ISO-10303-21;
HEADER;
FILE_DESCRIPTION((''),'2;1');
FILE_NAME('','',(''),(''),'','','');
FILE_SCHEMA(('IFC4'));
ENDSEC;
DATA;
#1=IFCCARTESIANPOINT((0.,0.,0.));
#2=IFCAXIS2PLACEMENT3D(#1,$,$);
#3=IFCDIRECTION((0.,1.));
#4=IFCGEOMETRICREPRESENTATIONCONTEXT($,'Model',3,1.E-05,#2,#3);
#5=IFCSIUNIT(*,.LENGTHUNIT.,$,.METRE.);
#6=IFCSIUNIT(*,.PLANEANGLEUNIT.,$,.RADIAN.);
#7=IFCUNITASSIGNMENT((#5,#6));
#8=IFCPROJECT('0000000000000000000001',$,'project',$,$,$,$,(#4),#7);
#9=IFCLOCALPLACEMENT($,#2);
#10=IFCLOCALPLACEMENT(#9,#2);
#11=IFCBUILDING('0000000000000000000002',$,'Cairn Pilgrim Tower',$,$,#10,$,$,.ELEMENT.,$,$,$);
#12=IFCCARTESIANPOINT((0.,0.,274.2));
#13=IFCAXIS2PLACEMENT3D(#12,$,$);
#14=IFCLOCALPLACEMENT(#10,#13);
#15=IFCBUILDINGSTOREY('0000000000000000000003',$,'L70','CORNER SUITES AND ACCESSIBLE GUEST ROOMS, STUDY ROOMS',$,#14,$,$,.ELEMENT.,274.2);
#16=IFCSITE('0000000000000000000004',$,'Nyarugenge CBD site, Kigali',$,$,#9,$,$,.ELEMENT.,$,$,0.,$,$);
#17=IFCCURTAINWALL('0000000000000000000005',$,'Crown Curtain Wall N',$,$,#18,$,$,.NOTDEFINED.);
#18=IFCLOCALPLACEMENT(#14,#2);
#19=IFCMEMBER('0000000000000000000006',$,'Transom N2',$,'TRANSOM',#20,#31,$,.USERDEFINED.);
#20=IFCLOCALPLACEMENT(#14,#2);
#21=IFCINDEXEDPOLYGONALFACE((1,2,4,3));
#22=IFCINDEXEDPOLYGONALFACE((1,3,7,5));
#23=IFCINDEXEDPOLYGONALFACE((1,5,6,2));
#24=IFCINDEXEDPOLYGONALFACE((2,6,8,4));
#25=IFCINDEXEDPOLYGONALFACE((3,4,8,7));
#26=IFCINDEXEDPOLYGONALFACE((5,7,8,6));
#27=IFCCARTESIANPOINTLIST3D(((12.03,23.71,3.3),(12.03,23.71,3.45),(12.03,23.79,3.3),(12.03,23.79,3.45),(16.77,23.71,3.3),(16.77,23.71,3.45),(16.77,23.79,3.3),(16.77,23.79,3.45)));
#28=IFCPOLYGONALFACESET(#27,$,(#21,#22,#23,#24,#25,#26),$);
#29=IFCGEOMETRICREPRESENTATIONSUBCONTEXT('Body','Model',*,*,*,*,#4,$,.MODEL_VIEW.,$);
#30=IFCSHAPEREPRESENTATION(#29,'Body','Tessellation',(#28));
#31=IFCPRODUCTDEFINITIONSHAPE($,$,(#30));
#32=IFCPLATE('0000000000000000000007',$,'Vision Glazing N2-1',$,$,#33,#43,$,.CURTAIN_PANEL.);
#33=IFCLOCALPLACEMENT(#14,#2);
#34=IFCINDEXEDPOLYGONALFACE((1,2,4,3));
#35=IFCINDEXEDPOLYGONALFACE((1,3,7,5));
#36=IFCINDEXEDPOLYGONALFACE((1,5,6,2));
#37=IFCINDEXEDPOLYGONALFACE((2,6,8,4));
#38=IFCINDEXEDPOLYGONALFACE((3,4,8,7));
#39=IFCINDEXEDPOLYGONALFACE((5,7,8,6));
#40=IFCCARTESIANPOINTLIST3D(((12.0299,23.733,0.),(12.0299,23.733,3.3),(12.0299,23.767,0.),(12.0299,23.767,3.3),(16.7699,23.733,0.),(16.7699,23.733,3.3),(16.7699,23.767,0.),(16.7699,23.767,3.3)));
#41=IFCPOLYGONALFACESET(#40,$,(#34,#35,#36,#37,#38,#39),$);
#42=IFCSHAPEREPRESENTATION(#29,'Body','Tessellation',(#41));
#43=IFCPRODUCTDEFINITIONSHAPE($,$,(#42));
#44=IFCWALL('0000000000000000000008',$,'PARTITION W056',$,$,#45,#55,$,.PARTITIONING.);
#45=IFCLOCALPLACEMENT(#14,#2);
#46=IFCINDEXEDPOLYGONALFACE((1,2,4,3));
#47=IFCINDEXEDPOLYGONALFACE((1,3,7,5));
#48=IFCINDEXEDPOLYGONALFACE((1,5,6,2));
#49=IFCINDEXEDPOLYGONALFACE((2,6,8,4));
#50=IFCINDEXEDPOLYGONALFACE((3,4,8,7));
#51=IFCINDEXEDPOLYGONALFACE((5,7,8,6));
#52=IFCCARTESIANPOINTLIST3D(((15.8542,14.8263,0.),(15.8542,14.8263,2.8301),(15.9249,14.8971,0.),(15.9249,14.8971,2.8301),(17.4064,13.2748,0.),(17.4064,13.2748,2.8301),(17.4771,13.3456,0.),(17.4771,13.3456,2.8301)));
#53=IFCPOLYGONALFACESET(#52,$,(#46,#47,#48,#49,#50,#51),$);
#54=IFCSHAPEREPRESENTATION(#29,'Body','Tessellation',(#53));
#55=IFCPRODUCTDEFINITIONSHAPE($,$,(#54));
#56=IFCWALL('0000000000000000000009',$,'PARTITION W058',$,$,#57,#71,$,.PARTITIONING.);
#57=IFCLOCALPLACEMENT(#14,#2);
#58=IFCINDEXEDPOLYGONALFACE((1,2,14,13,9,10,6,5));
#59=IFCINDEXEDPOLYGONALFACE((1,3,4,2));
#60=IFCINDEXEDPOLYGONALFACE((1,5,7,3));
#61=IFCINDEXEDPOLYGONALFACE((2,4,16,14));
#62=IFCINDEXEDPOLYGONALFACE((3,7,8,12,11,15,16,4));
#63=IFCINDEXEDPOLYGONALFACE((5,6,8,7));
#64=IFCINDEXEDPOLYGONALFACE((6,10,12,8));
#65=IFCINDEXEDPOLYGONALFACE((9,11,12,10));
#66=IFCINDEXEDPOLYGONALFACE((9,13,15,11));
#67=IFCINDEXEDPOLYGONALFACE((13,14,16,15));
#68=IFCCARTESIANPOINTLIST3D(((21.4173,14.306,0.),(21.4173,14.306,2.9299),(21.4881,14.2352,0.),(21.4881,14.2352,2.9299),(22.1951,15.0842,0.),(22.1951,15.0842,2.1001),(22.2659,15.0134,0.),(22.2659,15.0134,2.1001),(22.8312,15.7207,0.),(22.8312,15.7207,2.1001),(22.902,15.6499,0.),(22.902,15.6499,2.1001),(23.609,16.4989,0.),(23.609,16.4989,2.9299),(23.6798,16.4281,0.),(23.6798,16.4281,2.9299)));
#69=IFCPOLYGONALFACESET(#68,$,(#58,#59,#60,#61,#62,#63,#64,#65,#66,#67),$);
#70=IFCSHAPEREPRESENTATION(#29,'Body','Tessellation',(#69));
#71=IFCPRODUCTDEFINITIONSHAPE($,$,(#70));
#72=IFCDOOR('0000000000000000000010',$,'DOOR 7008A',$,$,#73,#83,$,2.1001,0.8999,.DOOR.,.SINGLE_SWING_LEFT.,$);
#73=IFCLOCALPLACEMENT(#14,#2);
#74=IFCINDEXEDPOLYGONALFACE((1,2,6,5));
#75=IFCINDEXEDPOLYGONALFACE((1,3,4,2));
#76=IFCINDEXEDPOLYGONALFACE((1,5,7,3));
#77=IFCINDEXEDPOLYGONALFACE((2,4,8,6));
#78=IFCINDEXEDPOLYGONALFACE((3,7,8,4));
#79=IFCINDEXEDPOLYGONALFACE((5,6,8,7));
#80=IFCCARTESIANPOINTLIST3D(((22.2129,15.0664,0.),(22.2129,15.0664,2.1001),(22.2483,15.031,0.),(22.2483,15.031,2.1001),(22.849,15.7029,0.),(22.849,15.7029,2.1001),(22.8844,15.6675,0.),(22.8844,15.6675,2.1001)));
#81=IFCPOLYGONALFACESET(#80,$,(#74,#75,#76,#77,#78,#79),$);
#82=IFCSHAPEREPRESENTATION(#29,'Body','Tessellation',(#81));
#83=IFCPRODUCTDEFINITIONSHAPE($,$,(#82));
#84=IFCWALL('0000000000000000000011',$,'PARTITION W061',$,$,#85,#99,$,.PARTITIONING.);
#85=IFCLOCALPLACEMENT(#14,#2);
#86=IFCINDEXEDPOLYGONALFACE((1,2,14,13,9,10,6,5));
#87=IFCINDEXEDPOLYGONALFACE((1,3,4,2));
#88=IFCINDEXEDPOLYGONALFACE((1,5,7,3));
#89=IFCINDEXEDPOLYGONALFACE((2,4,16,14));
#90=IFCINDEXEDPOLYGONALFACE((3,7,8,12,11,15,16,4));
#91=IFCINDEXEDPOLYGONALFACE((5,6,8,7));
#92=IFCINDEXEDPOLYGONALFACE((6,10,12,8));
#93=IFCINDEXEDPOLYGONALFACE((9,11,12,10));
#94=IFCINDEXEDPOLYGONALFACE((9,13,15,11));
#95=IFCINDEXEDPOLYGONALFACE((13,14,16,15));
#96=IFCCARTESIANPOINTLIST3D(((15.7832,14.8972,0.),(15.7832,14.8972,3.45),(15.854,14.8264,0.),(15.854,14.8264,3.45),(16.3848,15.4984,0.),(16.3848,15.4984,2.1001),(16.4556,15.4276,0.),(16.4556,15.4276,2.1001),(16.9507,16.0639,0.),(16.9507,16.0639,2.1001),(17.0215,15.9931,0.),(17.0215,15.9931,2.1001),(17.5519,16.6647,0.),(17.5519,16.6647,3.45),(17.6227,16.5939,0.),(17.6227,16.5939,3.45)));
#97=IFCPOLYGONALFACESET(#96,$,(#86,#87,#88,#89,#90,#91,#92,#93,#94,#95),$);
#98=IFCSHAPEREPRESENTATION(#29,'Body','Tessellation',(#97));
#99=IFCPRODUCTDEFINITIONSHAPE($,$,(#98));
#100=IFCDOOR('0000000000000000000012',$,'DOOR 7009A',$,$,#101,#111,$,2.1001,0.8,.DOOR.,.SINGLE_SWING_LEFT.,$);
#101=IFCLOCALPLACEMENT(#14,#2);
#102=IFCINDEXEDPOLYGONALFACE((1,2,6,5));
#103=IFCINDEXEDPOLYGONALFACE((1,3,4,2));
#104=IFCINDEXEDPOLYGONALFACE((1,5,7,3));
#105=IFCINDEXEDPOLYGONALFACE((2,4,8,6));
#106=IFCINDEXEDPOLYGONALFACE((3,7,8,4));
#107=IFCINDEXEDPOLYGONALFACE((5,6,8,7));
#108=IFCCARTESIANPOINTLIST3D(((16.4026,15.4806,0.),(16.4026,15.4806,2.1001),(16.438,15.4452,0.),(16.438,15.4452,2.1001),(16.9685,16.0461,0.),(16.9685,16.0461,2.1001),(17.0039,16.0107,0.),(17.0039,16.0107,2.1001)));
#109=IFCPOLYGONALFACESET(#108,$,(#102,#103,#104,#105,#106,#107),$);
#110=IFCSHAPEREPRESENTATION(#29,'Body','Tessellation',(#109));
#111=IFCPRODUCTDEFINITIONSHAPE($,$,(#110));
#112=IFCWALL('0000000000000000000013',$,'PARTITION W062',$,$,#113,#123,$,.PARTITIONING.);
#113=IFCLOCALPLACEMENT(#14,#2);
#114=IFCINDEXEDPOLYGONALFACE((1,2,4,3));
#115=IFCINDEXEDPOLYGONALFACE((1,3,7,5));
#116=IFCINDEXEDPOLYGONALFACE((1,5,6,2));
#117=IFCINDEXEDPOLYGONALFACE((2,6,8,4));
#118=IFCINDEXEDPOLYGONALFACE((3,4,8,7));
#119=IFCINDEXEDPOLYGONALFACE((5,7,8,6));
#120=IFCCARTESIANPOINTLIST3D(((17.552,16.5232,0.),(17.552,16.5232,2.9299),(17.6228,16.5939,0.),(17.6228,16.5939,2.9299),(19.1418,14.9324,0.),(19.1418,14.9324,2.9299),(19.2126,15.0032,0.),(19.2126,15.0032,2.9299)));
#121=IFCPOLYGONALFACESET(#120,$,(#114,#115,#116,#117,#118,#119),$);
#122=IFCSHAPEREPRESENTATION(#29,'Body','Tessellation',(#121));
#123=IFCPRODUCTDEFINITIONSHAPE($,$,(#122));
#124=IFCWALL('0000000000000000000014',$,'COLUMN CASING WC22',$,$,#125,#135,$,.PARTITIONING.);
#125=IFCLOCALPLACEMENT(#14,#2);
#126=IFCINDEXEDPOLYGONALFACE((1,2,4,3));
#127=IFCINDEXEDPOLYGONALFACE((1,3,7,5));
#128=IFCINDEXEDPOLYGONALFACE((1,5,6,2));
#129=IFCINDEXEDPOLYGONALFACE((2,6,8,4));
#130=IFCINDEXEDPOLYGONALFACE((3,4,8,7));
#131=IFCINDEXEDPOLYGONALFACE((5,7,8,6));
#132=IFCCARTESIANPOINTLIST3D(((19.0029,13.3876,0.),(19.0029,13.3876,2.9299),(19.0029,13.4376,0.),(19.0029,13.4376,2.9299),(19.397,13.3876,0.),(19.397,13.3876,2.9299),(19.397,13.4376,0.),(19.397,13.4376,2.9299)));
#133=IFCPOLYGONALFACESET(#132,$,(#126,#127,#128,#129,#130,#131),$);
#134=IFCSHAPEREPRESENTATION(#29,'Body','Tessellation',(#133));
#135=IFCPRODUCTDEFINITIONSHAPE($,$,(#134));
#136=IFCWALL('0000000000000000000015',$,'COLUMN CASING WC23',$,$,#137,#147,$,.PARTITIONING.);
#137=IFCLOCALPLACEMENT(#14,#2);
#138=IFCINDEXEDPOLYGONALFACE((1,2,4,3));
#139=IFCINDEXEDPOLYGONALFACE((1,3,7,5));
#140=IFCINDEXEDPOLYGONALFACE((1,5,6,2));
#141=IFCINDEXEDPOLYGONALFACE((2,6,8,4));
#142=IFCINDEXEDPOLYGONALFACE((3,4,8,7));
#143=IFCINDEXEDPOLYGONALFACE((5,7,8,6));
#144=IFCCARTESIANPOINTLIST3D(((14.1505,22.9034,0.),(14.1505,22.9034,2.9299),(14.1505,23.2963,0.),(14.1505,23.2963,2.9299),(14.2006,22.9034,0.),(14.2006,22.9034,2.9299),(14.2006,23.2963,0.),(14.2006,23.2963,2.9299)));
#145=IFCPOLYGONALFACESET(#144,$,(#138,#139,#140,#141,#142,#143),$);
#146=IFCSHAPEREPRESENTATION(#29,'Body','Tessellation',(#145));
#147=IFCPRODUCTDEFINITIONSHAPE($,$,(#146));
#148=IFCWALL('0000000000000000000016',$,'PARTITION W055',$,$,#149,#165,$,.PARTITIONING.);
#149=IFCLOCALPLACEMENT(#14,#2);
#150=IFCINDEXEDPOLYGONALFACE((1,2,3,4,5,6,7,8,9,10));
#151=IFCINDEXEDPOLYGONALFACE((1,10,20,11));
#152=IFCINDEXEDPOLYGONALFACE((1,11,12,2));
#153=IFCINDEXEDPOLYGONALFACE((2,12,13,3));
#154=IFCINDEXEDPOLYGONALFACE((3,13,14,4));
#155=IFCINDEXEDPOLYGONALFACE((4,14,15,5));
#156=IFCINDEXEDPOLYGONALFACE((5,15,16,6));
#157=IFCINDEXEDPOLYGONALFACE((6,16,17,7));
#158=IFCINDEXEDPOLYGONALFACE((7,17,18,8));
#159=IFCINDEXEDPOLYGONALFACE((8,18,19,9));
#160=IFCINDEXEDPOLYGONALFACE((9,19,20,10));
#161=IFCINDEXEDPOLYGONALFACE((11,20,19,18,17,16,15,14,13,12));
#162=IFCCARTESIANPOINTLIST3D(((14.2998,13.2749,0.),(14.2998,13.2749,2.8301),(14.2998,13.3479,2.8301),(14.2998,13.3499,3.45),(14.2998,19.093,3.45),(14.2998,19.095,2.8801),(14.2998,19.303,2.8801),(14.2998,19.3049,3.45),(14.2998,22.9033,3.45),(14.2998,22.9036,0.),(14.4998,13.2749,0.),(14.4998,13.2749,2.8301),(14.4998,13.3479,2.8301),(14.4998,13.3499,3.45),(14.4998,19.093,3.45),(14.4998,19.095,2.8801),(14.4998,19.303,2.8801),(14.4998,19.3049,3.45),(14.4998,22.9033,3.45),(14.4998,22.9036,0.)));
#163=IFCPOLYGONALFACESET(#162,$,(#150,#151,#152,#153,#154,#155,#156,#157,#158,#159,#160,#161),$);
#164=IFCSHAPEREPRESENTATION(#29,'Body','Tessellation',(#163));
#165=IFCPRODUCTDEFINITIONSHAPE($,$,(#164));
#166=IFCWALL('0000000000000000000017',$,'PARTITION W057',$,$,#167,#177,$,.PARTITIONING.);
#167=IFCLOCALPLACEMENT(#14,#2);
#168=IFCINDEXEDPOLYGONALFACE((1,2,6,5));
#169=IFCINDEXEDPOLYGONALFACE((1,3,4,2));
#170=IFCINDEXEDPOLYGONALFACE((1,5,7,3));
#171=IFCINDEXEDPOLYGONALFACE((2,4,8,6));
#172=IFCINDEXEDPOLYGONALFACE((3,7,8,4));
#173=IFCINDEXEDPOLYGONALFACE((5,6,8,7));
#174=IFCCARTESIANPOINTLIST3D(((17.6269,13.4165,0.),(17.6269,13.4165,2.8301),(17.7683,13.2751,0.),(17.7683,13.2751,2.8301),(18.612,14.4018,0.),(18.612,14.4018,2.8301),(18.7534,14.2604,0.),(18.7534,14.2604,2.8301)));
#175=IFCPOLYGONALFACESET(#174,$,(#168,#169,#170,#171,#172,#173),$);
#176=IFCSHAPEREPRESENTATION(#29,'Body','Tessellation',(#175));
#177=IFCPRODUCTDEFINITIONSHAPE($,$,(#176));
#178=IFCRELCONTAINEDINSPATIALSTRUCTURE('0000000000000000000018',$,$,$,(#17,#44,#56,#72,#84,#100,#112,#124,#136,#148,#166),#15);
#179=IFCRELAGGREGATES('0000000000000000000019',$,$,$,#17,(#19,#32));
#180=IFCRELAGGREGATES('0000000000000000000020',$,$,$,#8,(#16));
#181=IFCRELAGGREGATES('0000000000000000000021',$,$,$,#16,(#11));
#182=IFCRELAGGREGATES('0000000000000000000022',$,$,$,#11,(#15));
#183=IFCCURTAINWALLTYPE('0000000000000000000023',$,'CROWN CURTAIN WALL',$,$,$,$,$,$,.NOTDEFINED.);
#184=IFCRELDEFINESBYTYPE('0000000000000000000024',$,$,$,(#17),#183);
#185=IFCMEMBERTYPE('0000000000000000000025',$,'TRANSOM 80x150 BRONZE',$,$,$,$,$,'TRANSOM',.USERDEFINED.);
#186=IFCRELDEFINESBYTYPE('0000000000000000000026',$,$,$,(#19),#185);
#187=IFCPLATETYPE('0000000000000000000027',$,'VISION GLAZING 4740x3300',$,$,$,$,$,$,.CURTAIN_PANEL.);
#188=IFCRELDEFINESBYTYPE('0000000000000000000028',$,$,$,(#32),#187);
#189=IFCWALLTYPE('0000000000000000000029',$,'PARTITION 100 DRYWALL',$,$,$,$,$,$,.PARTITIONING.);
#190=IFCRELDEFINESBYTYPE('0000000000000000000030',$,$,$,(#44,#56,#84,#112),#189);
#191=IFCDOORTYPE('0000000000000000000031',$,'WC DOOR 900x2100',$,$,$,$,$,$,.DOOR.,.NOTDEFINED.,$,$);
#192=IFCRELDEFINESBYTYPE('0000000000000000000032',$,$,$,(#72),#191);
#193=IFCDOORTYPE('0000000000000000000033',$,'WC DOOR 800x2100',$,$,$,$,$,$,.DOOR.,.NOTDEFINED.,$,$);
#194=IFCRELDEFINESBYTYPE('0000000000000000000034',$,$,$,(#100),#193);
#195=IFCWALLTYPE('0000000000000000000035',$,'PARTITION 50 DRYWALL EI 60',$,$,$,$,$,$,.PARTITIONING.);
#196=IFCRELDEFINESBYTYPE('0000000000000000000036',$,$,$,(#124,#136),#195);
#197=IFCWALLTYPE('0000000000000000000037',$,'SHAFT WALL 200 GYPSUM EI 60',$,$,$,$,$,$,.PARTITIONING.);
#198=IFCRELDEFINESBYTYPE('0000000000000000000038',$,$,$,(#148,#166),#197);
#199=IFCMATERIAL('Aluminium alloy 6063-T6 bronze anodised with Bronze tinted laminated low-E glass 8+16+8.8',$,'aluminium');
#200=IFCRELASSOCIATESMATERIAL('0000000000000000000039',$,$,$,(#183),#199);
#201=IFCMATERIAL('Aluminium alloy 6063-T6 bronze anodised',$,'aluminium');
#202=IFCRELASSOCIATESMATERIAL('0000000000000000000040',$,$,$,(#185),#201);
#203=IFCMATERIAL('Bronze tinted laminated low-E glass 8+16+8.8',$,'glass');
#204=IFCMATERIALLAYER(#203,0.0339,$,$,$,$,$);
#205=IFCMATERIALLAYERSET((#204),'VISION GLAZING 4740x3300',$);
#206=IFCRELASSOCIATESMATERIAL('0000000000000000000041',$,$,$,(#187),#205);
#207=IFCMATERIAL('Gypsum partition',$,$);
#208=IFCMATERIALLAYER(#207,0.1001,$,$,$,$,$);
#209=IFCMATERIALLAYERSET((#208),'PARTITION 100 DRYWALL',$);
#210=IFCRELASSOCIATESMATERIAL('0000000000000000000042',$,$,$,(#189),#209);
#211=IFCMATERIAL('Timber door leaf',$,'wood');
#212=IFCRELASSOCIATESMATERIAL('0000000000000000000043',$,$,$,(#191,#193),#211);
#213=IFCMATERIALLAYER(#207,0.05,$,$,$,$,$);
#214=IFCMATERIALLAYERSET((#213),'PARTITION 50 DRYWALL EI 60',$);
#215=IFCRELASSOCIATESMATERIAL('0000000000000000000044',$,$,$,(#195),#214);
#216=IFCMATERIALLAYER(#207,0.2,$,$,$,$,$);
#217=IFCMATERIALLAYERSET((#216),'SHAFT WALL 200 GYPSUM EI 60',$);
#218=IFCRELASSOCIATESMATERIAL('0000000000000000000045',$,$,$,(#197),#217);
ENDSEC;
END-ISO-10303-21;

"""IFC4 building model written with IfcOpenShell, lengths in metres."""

from ifc_helpers import new_model, si_unit, direction, frame, frame_2d, origin, origin_2d, place, context, subcontext, project, spatial, polyline, rectangle, outline, extrude, material, layer, layer_set, material_profile, profile_set, type_object, element, fill, aggregate, save


model = new_model("IFC4")

# Units and contexts
model_context = context("Model", 3, precision=1e-05, world=origin(), true_north=direction((0.0, 1.0)))
body_context = subcontext(model_context, "Body", "Model", "MODEL_VIEW")
ifc_project = project(units=[si_unit("LENGTHUNIT", "METRE"), si_unit("PLANEANGLEUNIT", "RADIAN")], contexts=[model_context])

# Site, building, storey
site_placement = place(None, origin())
site = spatial("IfcSite", under=ifc_project, at=site_placement, Name="Nyarugenge CBD site, Kigali", CompositionType="ELEMENT", RefElevation=0.0)
building_placement = place(site_placement, origin())
building = spatial("IfcBuilding", under=site, at=building_placement, Name="Cairn Pilgrim Tower", CompositionType="ELEMENT")
storey_placement = place(building_placement, frame((0.0, 0.0, 274.2)))
storey = spatial("IfcBuildingStorey", under=building, at=storey_placement, Name="L70", Description="CORNER SUITES AND ACCESSIBLE GUEST ROOMS, STUDY ROOMS", CompositionType="ELEMENT", Elevation=274.2)

# Curtain wall
ifc_material_1 = material(Name="Aluminium alloy 6063-T6 bronze anodised with Bronze tinted laminated low-E glass 8+16+8.8", Category="aluminium")
curtain_wall_type = type_object("IfcCurtainWallType", Name="CROWN CURTAIN WALL", PredefinedType="NOTDEFINED", material=ifc_material_1)
curtain_wall_placement = place(storey_placement, origin())
curtain_wall = element("IfcCurtainWall", 1, at=curtain_wall_placement, inside=storey, type_object=curtain_wall_type, Name="Crown Curtain Wall N", PredefinedType="NOTDEFINED")
ifc_material_2 = material(Name="Aluminium alloy 6063-T6 bronze anodised", Category="aluminium")

# Member
ifc_material_profile_1 = material_profile(ifc_material_2, rectangle(XDim=0.0801, YDim=0.1499, at=origin_2d()), Name="TRANSOM 80x150 BRONZE")
ifc_profile_set_1 = profile_set([ifc_material_profile_1], Name="Aluminium alloy 6063-T6 bronze anodised")
member_type_1 = type_object("IfcMemberType", Name="TRANSOM 80x150 BRONZE", ElementType="TRANSOM", PredefinedType="USERDEFINED", material=ifc_profile_set_1)
member_1_placement = place(storey_placement, frame((16.77, 23.75, 3.375), z_axis=(-1.0, 0.0, 0.0), x_axis=(0.0, -1.0, 0.0)))
member_1 = element("IfcMember", 2, at=member_1_placement, type_object=member_type_1, Name="Transom N2", ObjectType="TRANSOM", PredefinedType="USERDEFINED", context=body_context, shape_type="SweptSolid", body=[
    extrude(rectangle(XDim=0.0801, YDim=0.1499, at=origin_2d()), origin(), (0.0, 0.0, 1.0), 4.74),
])

# Plate
ifc_material_3 = material(Name="Bronze tinted laminated low-E glass 8+16+8.8", Category="glass")
ifc_layer_1 = layer(ifc_material_3, 0.0339)
ifc_layer_set_1 = layer_set([ifc_layer_1], Name="VISION GLAZING 4740x3300")
plate_type = type_object("IfcPlateType", Name="VISION GLAZING 4740x3300", PredefinedType="CURTAIN_PANEL", material=ifc_layer_set_1)
plate_placement = place(storey_placement, frame((14.3999, 23.75, 0.0), z_axis=(0.0, 0.0, 1.0), x_axis=(-1.0, 0.0, 0.0)))
plate = element("IfcPlate", 3, at=plate_placement, type_object=plate_type, Name="Vision Glazing N2-1", PredefinedType="CURTAIN_PANEL", context=body_context, shape_type="SweptSolid", body=[
    extrude(rectangle(XDim=4.74, YDim=0.0339, at=origin_2d()), origin(), (0.0, 0.0, 1.0), 3.3),
])
aggregate(curtain_wall, [member_1, plate])

# Wall
ifc_material_4 = material(Name="Gypsum partition")
ifc_layer_2 = layer(ifc_material_4, 0.1001)
ifc_layer_set_2 = layer_set([ifc_layer_2], Name="PARTITION 100 DRYWALL")
wall_type_1 = type_object("IfcWallType", Name="PARTITION 100 DRYWALL", PredefinedType="PARTITIONING", material=ifc_layer_set_2)
wall_1_placement = place(storey_placement, frame((17.4417, 13.3103, 0.0), z_axis=(0.0, 0.0, 1.0), x_axis=(-0.707274, 0.70694, 0.0)))
element("IfcWall", 4, at=wall_1_placement, inside=storey, type_object=wall_type_1, Name="PARTITION W056", PredefinedType="PARTITIONING", context=body_context, shape_type="SweptSolid", body=[
    extrude(rectangle(XDim=2.1946, YDim=0.1001, at=frame_2d((1.0972, 0.0))), origin(), (0.0, 0.0, 1.0), 2.8301),
])

# Walls, openings, doors
wall_2_placement = place(storey_placement, frame((21.4526, 14.2705, 0.0), z_axis=(0.0, 0.0, 1.0), x_axis=(0.70691, 0.707304, 0.0)))
wall_2 = element("IfcWall", 5, at=wall_2_placement, inside=storey, type_object=wall_type_1, Name="PARTITION W058", PredefinedType="PARTITIONING", context=body_context, shape_type="SweptSolid", body=[
    extrude(rectangle(XDim=3.1003, YDim=0.1001, at=frame_2d((1.5503, 0.0))), origin(), (0.0, 0.0, 1.0), 2.9299),
])
opening_1_placement = place(wall_2_placement, frame((1.1003, 0.0, 0.0)))
opening_1 = element("IfcOpeningElement", 6, at=opening_1_placement, cuts=wall_2, PredefinedType="OPENING", context=body_context, shape_type="SweptSolid", body=[
    extrude(rectangle(XDim=0.8999, YDim=2.1001, at=frame_2d((0.45, 1.05))), frame((0.0, 0.0601, 0.0), z_axis=(0.0, -1.0, 0.0), x_axis=(1.0, 0.0, 0.0)), (0.0, 0.0, 1.0), 0.1201),
])
ifc_material_5 = material(Name="Timber door leaf", Category="wood")
door_type_1 = type_object("IfcDoorType", Name="WC DOOR 900x2100", OperationType="NOTDEFINED", PredefinedType="DOOR", material=ifc_material_5)
door_1_placement = place(opening_1_placement, origin())
door_1 = element("IfcDoor", 7, at=door_1_placement, inside=storey, type_object=door_type_1, Name="DOOR 7008A", OperationType="SINGLE_SWING_LEFT", OverallHeight=2.1001, OverallWidth=0.8999, PredefinedType="DOOR", context=body_context, shape_type="SweptSolid", body=[
    extrude(rectangle(XDim=0.8999, YDim=2.1001, at=frame_2d((0.45, 1.05))), frame((0.0, 0.0249, 0.0), z_axis=(0.0, -1.0, 0.0), x_axis=(1.0, 0.0, 0.0)), (0.0, 0.0, 1.0), 0.05),
])
fill(opening_1, door_1)
wall_3_placement = place(storey_placement, frame((15.8186, 14.8618, 0.0), z_axis=(0.0, 0.0, 1.0), x_axis=(0.707351, 0.706863, 0.0)))
wall_3 = element("IfcWall", 8, at=wall_3_placement, inside=storey, type_object=wall_type_1, Name="PARTITION W061", PredefinedType="PARTITIONING", context=body_context, shape_type="SweptSolid", body=[
    extrude(rectangle(XDim=2.5005, YDim=0.1001, at=frame_2d((1.2502, 0.0))), origin(), (0.0, 0.0, 1.0), 3.45),
])
opening_2_placement = place(wall_3_placement, frame((0.8506, 0.0, 0.0)))
opening_2 = element("IfcOpeningElement", 9, at=opening_2_placement, cuts=wall_3, PredefinedType="OPENING", context=body_context, shape_type="SweptSolid", body=[
    extrude(rectangle(XDim=0.8, YDim=2.1001, at=frame_2d((0.3999, 1.05))), frame((0.0, 0.0601, 0.0), z_axis=(0.0, -1.0, 0.0), x_axis=(1.0, 0.0, 0.0)), (0.0, 0.0, 1.0), 0.1201),
])
door_type_2 = type_object("IfcDoorType", Name="WC DOOR 800x2100", OperationType="NOTDEFINED", PredefinedType="DOOR", material=ifc_material_5)
door_2_placement = place(opening_2_placement, origin())
door_2 = element("IfcDoor", 10, at=door_2_placement, inside=storey, type_object=door_type_2, Name="DOOR 7009A", OperationType="SINGLE_SWING_LEFT", OverallHeight=2.1001, OverallWidth=0.8, PredefinedType="DOOR", context=body_context, shape_type="SweptSolid", body=[
    extrude(rectangle(XDim=0.8, YDim=2.1001, at=frame_2d((0.3999, 1.05))), frame((0.0, 0.0249, 0.0), z_axis=(0.0, -1.0, 0.0), x_axis=(1.0, 0.0, 0.0)), (0.0, 0.0, 1.0), 0.05),
])
fill(opening_2, door_2)

# Walls
wall_4_placement = place(storey_placement, frame((19.1772, 14.9678, 0.0), z_axis=(0.0, 0.0, 1.0), x_axis=(-0.70689, 0.707324, 0.0)))
element("IfcWall", 11, at=wall_4_placement, inside=storey, type_object=wall_type_1, Name="PARTITION W062", PredefinedType="PARTITIONING", context=body_context, shape_type="SweptSolid", body=[
    extrude(rectangle(XDim=2.249, YDim=0.1001, at=frame_2d((1.1245, 0.0))), origin(), (0.0, 0.0, 1.0), 2.9299),
])
ifc_layer_3 = layer(ifc_material_4, 0.05)
ifc_layer_set_3 = layer_set([ifc_layer_3], Name="PARTITION 50 DRYWALL EI 60")
wall_type_2 = type_object("IfcWallType", Name="PARTITION 50 DRYWALL EI 60", PredefinedType="PARTITIONING", material=ifc_layer_set_3)
wall_5_placement = place(storey_placement, frame((19.0029, 13.4126, 0.0), z_axis=(0.0, 0.0, 1.0), x_axis=(1.0, 0.0, 0.0)))
element("IfcWall", 12, at=wall_5_placement, inside=storey, type_object=wall_type_2, Name="COLUMN CASING WC22", PredefinedType="PARTITIONING", context=body_context, shape_type="SweptSolid", body=[
    extrude(rectangle(XDim=0.394, YDim=0.05, at=frame_2d((0.197, 0.0))), origin(), (0.0, 0.0, 1.0), 2.9299),
])
wall_6_placement = place(storey_placement, frame((14.1755, 22.9036, 0.0), z_axis=(0.0, 0.0, 1.0), x_axis=(0.0, 1.0, 0.0)))
element("IfcWall", 13, at=wall_6_placement, inside=storey, type_object=wall_type_2, Name="COLUMN CASING WC23", PredefinedType="PARTITIONING", context=body_context, shape_type="SweptSolid", body=[
    extrude(rectangle(XDim=0.3928, YDim=0.05, at=frame_2d((0.1963, 0.0))), origin(), (0.0, 0.0, 1.0), 2.9299),
])
ifc_layer_4 = layer(ifc_material_4, 0.2)
ifc_layer_set_4 = layer_set([ifc_layer_4], Name="SHAFT WALL 200 GYPSUM EI 60")
wall_type_3 = type_object("IfcWallType", Name="SHAFT WALL 200 GYPSUM EI 60", PredefinedType="PARTITIONING", material=ifc_layer_set_4)
wall_7_placement = place(storey_placement, frame((14.3999, 13.2749, 0.0), z_axis=(0.0, 0.0, 1.0), x_axis=(0.0, 1.0, 0.0)))
element("IfcWall", 14, at=wall_7_placement, inside=storey, type_object=wall_type_3, Name="PARTITION W055", PredefinedType="PARTITIONING", context=body_context, shape_type="SweptSolid", body=[
    extrude(outline(polyline([(0.0, 0.0), (9.6287, 0.0), (9.6284, 3.45), (6.03, 3.45), (6.0281, 2.8801), (5.8201, 2.8801), (5.8181, 3.45), (0.075, 3.45), (0.073, 2.8301), (0.0, 2.8301), (0.0, 0.0)])), frame((0.0, 0.1001, 0.0), z_axis=(0.0, -1.0, 0.0), x_axis=(1.0, 0.0, 0.0)), (0.0, 0.0, 1.0), 0.2),
])
wall_8_placement = place(storey_placement, frame((17.6975, 13.3457, 0.0), z_axis=(0.0, 0.0, 1.0), x_axis=(0.707019, 0.707194, 0.0)))
element("IfcWall", 15, at=wall_8_placement, inside=storey, type_object=wall_type_3, Name="PARTITION W057", PredefinedType="PARTITIONING", context=body_context, shape_type="SweptSolid", body=[
    extrude(rectangle(XDim=1.3933, YDim=0.2, at=frame_2d((0.6968, 0.0))), origin(), (0.0, 0.0, 1.0), 2.8301),
])

save(model, "model.ifc")
